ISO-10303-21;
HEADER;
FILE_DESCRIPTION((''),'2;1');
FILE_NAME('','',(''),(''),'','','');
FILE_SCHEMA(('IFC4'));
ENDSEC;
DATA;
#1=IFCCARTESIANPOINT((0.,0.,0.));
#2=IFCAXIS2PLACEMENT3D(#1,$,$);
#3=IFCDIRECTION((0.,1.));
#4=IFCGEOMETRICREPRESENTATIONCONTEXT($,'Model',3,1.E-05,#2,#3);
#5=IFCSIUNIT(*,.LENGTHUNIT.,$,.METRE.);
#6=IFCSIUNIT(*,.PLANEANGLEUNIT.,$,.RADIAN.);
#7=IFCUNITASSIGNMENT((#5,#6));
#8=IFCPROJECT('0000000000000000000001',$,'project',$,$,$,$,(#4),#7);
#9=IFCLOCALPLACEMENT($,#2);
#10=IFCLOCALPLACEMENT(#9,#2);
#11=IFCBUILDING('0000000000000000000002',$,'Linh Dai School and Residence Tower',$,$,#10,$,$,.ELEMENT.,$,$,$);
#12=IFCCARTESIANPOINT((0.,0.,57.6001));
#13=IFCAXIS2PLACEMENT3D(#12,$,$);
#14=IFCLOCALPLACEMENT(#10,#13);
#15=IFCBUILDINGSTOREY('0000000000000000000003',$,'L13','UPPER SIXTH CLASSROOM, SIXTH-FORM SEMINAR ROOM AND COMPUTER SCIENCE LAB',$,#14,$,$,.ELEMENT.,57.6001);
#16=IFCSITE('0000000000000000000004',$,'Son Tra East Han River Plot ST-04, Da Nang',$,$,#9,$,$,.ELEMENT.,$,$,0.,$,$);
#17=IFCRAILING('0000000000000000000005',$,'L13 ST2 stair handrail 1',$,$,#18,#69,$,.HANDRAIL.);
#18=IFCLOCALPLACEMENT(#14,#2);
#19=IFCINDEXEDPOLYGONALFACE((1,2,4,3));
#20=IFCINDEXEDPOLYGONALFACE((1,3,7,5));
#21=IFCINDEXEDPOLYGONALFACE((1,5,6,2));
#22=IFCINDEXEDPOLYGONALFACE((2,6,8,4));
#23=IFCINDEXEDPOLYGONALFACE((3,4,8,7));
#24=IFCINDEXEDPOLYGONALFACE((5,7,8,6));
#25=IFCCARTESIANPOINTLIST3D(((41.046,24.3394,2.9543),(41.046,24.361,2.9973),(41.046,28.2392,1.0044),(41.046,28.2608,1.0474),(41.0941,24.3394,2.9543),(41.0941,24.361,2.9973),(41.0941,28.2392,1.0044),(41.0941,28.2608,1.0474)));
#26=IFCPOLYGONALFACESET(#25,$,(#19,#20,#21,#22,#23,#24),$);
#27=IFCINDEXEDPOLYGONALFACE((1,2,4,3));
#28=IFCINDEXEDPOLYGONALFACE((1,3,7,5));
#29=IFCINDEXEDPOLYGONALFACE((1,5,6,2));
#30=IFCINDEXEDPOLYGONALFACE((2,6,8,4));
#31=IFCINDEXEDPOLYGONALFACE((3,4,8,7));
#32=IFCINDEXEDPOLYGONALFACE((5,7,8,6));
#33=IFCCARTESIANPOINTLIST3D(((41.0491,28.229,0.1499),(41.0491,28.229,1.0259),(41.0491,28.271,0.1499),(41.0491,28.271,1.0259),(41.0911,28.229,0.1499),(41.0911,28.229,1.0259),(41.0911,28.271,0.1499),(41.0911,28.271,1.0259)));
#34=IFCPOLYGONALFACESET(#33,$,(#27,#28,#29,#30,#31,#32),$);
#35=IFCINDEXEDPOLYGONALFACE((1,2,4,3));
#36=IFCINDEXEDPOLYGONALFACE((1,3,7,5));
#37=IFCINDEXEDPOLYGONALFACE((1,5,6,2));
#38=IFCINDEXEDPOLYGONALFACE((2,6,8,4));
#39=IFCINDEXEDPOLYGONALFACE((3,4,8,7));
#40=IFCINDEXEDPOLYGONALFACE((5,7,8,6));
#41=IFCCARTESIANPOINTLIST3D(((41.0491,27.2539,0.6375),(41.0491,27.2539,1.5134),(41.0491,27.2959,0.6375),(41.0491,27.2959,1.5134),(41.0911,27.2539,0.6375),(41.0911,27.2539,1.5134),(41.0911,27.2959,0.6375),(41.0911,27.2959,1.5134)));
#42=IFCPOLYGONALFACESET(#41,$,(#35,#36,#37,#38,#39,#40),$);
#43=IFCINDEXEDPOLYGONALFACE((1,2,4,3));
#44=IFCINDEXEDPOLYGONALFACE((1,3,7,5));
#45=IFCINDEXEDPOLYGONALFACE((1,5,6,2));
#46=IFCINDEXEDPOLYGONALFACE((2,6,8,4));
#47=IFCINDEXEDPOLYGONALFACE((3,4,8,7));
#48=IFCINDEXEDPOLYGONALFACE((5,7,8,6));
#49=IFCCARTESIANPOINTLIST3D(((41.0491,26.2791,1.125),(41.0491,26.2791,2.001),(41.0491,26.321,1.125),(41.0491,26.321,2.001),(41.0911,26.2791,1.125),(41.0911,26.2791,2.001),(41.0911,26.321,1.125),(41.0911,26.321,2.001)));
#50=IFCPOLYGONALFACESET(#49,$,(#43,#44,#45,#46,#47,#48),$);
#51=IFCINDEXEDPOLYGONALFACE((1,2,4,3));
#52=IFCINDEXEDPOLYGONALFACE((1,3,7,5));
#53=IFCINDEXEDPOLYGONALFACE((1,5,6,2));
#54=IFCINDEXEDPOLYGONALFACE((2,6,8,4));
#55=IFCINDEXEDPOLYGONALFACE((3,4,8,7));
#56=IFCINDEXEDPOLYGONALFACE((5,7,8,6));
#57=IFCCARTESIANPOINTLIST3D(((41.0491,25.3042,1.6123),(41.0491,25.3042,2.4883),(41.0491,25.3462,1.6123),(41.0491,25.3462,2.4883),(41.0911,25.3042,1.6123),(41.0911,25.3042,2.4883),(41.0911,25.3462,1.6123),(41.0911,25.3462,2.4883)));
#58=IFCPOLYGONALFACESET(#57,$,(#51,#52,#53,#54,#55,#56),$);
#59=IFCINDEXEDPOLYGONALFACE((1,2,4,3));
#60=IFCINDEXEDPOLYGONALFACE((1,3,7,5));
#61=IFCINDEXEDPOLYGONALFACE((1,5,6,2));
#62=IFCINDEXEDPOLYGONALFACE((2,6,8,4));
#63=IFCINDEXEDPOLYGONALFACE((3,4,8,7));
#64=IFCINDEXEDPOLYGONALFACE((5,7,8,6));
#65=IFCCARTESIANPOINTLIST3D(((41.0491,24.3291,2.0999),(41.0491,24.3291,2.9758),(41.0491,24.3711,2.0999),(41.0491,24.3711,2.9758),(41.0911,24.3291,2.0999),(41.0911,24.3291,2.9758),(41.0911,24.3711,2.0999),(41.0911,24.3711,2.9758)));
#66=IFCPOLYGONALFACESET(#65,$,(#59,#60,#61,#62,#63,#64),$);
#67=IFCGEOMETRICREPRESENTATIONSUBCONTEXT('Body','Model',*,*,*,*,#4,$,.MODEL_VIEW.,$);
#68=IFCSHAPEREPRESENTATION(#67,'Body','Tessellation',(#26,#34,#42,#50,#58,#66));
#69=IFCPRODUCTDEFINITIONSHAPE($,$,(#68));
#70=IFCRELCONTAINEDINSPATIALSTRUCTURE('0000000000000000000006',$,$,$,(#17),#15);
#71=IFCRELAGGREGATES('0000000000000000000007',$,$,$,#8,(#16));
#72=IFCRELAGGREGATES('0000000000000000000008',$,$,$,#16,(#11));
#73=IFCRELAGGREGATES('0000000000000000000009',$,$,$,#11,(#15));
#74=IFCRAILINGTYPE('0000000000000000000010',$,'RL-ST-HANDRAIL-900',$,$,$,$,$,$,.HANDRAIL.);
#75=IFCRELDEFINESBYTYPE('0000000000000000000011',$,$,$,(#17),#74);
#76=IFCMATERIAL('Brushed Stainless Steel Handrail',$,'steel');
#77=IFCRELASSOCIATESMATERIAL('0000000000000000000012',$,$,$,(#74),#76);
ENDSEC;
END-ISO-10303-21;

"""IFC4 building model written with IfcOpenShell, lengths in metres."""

from ifc_helpers import new_model, si_unit, direction, frame, origin, origin_2d, place, context, subcontext, project, spatial, rectangle, extrude, source, transform, mapped, material, type_object, element, save


model = new_model("IFC4")

# Units and contexts
model_context = context("Model", 3, precision=1e-05, world=origin(), true_north=direction((0.0, 1.0)))
body_context = subcontext(model_context, "Body", "Model", "MODEL_VIEW")
ifc_project = project(units=[si_unit("LENGTHUNIT", "METRE"), si_unit("PLANEANGLEUNIT", "RADIAN")], contexts=[model_context])

# Site, building, storey
site_placement = place(None, origin())
site = spatial("IfcSite", under=ifc_project, at=site_placement, Name="Son Tra East Han River Plot ST-04, Da Nang", CompositionType="ELEMENT", RefElevation=0.0)
building_placement = place(site_placement, origin())
building = spatial("IfcBuilding", under=site, at=building_placement, Name="Linh Dai School and Residence Tower", CompositionType="ELEMENT")
storey_placement = place(building_placement, frame((0.0, 0.0, 57.6001)))
storey = spatial("IfcBuildingStorey", under=building, at=storey_placement, Name="L13", Description="UPPER SIXTH CLASSROOM, SIXTH-FORM SEMINAR ROOM AND COMPUTER SCIENCE LAB", CompositionType="ELEMENT", Elevation=57.6001)

# Railing
ifc_material_1 = material(Name="Brushed Stainless Steel Handrail", Category="steel")
railing_type_1 = type_object("IfcRailingType", Name="RL-ST-HANDRAIL-900", PredefinedType="HANDRAIL", material=ifc_material_1)
shared_shape_1 = source(origin(), body_context, "Body", "SweptSolid", [
    extrude(rectangle(XDim=0.0481, YDim=0.0481, at=origin_2d()), frame((0.0, 0.0, 0.876), z_axis=(0.0, -0.894427, 0.447214), x_axis=(1.0, 0.0, 0.0)), (0.0, 0.0, 1.0), 4.3601),
    extrude(rectangle(XDim=0.042, YDim=0.042, at=origin_2d()), origin(), (0.0, 0.0, 1.0), 0.876),
    extrude(rectangle(XDim=0.042, YDim=0.042, at=origin_2d()), frame((0.0, -0.9751, 0.4875)), (0.0, 0.0, 1.0), 0.876),
    extrude(rectangle(XDim=0.042, YDim=0.042, at=origin_2d()), frame((0.0, -1.95, 0.9751)), (0.0, 0.0, 1.0), 0.876),
    extrude(rectangle(XDim=0.042, YDim=0.042, at=origin_2d()), frame((0.0, -2.9248, 1.4624)), (0.0, 0.0, 1.0), 0.876),
    extrude(rectangle(XDim=0.042, YDim=0.042, at=origin_2d()), frame((0.0, -3.8999, 1.95)), (0.0, 0.0, 1.0), 0.876),
])
railing_1_placement = place(storey_placement, frame((41.0701, 28.25, 0.1499)))
element("IfcRailing", 1, at=railing_1_placement, inside=storey, type_object=railing_type_1, Name="L13 ST2 stair handrail 1", PredefinedType="HANDRAIL", context=body_context, shape_type="MappedRepresentation", body=[
    mapped(shared_shape_1, transform((0.0, 0.0, 0.0), x_axis=(1.0, 0.0, 0.0), y_axis=(0.0, 1.0, 0.0), z_axis=(0.0, 0.0, 1.0), scale=1.0)),
])

save(model, "model.ifc")
